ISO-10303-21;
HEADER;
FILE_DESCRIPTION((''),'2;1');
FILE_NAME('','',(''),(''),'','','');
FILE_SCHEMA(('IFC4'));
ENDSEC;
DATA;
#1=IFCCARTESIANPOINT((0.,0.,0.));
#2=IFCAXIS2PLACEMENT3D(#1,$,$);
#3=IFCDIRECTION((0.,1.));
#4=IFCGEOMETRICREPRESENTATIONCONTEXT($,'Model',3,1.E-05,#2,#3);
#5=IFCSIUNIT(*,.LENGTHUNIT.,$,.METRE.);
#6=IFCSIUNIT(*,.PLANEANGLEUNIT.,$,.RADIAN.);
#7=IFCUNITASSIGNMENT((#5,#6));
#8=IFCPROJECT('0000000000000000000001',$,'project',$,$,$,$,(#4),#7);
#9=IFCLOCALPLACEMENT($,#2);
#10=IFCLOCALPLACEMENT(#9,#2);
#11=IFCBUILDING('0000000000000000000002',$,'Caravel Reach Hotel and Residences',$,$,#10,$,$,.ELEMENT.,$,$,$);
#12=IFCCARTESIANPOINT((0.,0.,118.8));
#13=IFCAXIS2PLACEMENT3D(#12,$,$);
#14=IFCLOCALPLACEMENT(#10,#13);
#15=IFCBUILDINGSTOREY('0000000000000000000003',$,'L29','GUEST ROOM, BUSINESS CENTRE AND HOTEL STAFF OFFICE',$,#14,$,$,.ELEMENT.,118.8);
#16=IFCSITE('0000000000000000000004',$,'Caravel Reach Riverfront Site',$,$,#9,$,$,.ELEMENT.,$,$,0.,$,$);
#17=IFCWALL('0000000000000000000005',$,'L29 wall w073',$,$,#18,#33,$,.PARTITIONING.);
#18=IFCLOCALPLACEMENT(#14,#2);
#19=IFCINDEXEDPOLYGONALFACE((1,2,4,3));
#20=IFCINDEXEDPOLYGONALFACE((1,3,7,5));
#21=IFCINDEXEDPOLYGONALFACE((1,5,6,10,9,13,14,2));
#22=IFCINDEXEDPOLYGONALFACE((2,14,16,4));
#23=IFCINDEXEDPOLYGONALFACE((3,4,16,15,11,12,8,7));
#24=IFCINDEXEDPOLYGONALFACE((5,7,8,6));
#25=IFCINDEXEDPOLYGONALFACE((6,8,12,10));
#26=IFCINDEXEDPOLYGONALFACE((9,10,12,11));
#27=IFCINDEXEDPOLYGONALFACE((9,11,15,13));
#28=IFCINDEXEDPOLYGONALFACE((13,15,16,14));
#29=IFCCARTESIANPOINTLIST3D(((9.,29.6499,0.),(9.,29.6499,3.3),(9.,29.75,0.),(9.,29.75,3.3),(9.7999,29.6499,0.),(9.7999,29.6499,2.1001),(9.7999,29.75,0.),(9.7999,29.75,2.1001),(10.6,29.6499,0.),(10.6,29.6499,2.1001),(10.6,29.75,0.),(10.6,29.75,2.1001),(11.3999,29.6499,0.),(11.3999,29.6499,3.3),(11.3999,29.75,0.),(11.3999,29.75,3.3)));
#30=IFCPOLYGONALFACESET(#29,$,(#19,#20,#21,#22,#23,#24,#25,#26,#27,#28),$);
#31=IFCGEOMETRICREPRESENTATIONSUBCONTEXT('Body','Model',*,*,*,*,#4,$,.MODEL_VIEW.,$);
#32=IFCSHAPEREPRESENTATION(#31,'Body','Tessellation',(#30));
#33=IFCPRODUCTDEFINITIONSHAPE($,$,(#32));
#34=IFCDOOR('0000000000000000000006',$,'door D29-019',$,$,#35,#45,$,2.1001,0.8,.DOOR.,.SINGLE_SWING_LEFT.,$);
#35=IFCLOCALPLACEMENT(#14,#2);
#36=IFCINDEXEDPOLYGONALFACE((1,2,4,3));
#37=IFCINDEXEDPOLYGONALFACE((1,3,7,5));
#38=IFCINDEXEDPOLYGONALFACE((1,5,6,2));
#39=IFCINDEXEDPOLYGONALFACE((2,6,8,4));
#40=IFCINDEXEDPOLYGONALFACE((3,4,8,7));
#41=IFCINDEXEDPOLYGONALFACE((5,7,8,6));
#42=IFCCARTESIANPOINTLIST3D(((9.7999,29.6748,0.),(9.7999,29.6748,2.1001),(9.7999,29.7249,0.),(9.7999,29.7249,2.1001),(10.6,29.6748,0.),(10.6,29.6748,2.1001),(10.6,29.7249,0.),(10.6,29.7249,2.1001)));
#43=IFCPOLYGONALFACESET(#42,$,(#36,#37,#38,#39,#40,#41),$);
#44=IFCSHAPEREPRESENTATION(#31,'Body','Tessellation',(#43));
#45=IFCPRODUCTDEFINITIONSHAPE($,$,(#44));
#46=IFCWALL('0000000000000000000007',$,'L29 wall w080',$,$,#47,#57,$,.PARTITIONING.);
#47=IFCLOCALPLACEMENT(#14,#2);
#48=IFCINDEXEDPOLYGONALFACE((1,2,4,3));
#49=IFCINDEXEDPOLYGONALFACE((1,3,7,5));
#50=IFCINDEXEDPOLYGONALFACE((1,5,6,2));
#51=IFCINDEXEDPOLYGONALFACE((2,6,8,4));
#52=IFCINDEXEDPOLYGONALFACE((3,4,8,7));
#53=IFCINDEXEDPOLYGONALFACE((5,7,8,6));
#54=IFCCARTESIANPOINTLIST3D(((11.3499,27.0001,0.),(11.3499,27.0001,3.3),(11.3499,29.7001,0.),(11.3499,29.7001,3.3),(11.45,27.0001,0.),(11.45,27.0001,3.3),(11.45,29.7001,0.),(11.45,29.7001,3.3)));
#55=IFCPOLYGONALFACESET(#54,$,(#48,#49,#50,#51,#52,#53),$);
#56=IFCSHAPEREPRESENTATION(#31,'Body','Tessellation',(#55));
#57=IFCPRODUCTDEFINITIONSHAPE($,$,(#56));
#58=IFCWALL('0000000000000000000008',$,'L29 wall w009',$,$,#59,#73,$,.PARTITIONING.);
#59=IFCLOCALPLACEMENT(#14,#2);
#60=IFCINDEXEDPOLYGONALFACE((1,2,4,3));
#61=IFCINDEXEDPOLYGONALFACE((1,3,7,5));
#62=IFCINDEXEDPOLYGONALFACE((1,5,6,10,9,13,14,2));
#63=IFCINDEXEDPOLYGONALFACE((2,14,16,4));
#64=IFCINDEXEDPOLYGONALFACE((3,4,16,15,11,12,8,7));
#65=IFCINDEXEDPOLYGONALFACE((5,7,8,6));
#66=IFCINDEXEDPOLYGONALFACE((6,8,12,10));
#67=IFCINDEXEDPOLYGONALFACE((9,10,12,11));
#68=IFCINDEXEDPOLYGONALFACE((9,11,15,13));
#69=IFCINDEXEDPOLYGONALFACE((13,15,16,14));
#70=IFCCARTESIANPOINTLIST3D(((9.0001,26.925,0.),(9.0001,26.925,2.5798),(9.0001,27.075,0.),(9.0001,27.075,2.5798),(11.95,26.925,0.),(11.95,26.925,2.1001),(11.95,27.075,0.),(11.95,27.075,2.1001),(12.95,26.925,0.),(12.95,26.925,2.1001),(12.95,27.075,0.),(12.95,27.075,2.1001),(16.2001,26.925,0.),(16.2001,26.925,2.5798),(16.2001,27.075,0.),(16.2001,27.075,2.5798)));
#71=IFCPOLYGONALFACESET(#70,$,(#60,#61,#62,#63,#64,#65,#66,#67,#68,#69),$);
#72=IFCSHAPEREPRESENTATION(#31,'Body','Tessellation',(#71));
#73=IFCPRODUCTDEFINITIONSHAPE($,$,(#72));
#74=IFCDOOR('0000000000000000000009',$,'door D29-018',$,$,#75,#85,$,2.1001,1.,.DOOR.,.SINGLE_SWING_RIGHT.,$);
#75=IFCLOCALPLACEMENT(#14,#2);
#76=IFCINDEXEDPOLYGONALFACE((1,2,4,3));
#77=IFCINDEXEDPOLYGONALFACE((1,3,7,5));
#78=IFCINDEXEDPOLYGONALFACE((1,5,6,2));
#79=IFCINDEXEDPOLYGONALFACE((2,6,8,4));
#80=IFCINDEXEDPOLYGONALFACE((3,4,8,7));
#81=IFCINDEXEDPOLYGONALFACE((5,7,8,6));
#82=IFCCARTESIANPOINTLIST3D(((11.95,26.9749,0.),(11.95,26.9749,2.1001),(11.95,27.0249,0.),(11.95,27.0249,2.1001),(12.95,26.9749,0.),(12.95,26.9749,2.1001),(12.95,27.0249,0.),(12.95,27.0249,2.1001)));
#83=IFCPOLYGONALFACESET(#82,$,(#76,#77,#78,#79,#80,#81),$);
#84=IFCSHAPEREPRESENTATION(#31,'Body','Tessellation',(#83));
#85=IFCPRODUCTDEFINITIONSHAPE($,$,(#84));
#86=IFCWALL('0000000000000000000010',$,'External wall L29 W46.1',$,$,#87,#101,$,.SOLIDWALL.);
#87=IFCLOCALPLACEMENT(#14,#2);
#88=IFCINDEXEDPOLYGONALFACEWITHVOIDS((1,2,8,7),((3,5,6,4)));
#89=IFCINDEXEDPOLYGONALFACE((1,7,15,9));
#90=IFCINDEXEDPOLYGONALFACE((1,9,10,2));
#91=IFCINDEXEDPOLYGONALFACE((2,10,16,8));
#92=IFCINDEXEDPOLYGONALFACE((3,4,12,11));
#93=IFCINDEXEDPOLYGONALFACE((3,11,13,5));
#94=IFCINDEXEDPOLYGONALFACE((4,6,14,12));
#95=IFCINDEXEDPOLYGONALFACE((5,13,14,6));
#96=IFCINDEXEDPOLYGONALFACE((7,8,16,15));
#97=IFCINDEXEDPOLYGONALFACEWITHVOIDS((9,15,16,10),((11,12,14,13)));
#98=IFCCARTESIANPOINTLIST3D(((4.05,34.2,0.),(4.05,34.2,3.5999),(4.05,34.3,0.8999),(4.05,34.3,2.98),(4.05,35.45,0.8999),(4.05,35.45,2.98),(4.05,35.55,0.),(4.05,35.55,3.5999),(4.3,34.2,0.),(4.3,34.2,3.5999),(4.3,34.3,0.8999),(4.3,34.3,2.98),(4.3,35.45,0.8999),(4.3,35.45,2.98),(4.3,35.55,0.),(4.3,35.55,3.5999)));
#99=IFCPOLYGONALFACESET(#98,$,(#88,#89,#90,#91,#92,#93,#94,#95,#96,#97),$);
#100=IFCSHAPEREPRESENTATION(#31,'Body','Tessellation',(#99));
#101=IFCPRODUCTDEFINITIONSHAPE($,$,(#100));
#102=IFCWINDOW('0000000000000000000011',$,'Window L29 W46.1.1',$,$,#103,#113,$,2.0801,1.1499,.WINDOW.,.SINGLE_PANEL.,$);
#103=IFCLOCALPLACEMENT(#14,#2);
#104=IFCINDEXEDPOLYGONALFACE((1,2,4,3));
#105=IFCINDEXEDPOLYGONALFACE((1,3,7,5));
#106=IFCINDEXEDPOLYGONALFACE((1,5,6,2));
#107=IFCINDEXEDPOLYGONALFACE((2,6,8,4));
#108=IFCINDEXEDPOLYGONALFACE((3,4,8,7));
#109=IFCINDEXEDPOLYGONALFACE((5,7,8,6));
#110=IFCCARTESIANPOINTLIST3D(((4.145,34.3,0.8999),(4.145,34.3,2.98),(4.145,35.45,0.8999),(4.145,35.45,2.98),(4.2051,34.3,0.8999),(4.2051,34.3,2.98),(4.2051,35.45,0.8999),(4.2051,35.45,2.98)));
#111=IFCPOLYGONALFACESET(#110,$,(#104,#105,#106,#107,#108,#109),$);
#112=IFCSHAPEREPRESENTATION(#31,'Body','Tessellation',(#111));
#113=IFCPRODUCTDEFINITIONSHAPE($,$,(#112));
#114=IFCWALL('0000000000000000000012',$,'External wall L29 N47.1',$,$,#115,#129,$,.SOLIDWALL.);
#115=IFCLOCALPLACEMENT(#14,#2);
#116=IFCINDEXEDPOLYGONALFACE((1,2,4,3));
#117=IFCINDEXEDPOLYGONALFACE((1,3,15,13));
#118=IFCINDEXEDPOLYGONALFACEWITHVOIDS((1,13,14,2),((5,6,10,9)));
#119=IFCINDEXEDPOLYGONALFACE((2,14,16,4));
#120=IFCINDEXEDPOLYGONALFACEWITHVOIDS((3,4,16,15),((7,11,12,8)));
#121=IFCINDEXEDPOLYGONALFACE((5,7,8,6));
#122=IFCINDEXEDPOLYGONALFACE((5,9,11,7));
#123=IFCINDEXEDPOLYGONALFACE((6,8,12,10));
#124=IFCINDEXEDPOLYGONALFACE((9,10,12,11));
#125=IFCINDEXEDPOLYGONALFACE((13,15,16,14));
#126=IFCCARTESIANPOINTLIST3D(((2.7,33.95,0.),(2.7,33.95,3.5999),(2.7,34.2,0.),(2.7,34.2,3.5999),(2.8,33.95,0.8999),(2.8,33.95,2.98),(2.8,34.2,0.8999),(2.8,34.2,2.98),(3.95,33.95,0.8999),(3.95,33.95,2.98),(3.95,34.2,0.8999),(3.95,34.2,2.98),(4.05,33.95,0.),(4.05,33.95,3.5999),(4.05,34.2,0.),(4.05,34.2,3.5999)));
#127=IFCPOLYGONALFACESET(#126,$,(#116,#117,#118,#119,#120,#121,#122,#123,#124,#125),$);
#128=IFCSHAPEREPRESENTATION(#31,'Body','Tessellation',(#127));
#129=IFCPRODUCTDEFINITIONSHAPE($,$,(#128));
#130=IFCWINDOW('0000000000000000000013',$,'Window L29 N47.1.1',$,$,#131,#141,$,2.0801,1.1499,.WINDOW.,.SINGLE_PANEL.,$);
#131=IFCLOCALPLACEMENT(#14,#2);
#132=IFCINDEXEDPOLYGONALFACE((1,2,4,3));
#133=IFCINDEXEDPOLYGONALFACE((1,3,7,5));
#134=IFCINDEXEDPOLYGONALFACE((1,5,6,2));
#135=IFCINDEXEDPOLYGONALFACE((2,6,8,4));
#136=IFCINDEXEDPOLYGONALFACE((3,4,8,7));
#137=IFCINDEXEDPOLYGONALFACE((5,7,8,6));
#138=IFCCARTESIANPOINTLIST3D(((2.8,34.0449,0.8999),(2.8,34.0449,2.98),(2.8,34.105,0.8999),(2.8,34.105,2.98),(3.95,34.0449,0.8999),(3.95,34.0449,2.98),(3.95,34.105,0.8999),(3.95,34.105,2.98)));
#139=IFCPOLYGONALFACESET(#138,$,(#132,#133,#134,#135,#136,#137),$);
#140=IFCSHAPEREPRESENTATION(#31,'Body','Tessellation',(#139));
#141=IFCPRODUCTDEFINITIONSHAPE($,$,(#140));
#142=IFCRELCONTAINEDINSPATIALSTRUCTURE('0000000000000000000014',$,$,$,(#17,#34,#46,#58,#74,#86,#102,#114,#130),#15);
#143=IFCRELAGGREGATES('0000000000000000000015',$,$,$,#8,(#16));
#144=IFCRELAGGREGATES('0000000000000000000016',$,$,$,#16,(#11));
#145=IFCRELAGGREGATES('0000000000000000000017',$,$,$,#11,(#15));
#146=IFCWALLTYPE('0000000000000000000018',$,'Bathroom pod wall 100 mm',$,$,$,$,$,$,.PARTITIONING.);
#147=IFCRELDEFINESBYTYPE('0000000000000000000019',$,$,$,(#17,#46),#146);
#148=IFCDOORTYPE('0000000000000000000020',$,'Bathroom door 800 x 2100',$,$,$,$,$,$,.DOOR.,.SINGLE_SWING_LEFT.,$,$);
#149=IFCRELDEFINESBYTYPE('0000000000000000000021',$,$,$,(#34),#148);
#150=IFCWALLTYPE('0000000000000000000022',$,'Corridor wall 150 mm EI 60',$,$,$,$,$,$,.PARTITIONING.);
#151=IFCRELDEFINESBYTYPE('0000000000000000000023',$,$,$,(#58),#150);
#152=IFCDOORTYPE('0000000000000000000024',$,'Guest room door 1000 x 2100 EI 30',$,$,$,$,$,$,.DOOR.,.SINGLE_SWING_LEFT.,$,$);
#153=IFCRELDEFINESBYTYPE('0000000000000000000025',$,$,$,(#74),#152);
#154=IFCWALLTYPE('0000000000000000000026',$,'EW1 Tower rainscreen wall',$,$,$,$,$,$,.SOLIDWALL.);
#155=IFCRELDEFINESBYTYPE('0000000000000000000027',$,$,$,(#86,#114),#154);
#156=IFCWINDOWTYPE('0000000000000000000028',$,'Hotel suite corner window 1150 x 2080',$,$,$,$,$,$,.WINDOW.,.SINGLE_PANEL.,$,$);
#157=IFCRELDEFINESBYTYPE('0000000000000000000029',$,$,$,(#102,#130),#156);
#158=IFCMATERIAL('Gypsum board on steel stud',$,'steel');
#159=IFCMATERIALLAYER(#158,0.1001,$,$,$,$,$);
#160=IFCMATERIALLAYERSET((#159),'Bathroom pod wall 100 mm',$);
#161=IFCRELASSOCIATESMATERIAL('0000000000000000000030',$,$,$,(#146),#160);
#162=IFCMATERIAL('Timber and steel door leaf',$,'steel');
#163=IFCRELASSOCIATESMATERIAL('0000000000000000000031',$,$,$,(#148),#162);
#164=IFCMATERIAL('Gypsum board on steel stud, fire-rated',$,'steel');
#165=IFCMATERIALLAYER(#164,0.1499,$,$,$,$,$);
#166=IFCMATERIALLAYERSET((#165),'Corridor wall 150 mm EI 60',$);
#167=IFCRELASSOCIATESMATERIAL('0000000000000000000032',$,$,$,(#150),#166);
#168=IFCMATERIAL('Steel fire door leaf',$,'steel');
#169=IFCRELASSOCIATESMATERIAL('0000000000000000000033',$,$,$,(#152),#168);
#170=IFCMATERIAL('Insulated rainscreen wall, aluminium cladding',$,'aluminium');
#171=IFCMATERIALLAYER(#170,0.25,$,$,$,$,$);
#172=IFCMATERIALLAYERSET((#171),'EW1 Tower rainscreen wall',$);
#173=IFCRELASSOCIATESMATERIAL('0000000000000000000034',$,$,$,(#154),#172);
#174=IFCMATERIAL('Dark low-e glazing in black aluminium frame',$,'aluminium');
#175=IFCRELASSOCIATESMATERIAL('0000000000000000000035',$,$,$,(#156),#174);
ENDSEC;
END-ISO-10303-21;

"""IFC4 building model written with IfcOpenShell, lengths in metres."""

from ifc_helpers import new_model, si_unit, direction, frame, frame_2d, origin, place, context, subcontext, project, spatial, rectangle, extrude, material, layer, layer_set, type_object, element, fill, save


model = new_model("IFC4")

# Units and contexts
model_context = context("Model", 3, precision=1e-05, world=origin(), true_north=direction((0.0, 1.0)))
body_context = subcontext(model_context, "Body", "Model", "MODEL_VIEW")
ifc_project = project(units=[si_unit("LENGTHUNIT", "METRE"), si_unit("PLANEANGLEUNIT", "RADIAN")], contexts=[model_context])

# Site, building, storey
site_placement = place(None, origin())
site = spatial("IfcSite", under=ifc_project, at=site_placement, Name="Caravel Reach Riverfront Site", CompositionType="ELEMENT", RefElevation=0.0)
building_placement = place(site_placement, origin())
building = spatial("IfcBuilding", under=site, at=building_placement, Name="Caravel Reach Hotel and Residences", CompositionType="ELEMENT")
storey_placement = place(building_placement, frame((0.0, 0.0, 118.8)))
storey = spatial("IfcBuildingStorey", under=building, at=storey_placement, Name="L29", Description="GUEST ROOM, BUSINESS CENTRE AND HOTEL STAFF OFFICE", CompositionType="ELEMENT", Elevation=118.8)

# Wall, opening, door
ifc_material_1 = material(Name="Gypsum board on steel stud", Category="steel")
ifc_layer_1 = layer(ifc_material_1, 0.1001)
ifc_layer_set_1 = layer_set([ifc_layer_1], Name="Bathroom pod wall 100 mm")
wall_type_1 = type_object("IfcWallType", Name="Bathroom pod wall 100 mm", PredefinedType="PARTITIONING", material=ifc_layer_set_1)
wall_1_placement = place(storey_placement, frame((9.0, 29.7, 0.0), z_axis=(0.0, 0.0, 1.0), x_axis=(1.0, 0.0, 0.0)))
wall_1 = element("IfcWall", 1, at=wall_1_placement, inside=storey, type_object=wall_type_1, Name="L29 wall w073", PredefinedType="PARTITIONING", context=body_context, shape_type="SweptSolid", body=[
    extrude(rectangle(XDim=2.3999, YDim=0.1001, at=frame_2d((1.2, 0.0))), origin(), (0.0, 0.0, 1.0), 3.3),
])
opening_1_placement = place(wall_1_placement, frame((0.8, 0.0, 0.0)))
opening_1 = element("IfcOpeningElement", 2, at=opening_1_placement, cuts=wall_1, PredefinedType="OPENING", context=body_context, shape_type="SweptSolid", body=[
    extrude(rectangle(XDim=0.8, YDim=2.1001, at=frame_2d((0.3999, 1.05))), frame((0.0, 0.0601, 0.0), z_axis=(0.0, -1.0, 0.0), x_axis=(1.0, 0.0, 0.0)), (0.0, 0.0, 1.0), 0.1201),
])
ifc_material_2 = material(Name="Timber and steel door leaf", Category="steel")
door_type_1 = type_object("IfcDoorType", Name="Bathroom door 800 x 2100", OperationType="SINGLE_SWING_LEFT", PredefinedType="DOOR", material=ifc_material_2)
door_1_placement = place(opening_1_placement, origin())
door_1 = element("IfcDoor", 3, at=door_1_placement, inside=storey, type_object=door_type_1, Name="door D29-019", OperationType="SINGLE_SWING_LEFT", OverallHeight=2.1001, OverallWidth=0.8, PredefinedType="DOOR", context=body_context, shape_type="SweptSolid", body=[
    extrude(rectangle(XDim=0.8, YDim=2.1001, at=frame_2d((0.3999, 1.05))), frame((0.0, 0.0249, 0.0), z_axis=(0.0, -1.0, 0.0), x_axis=(1.0, 0.0, 0.0)), (0.0, 0.0, 1.0), 0.05),
])
fill(opening_1, door_1)

# Wall
wall_2_placement = place(storey_placement, frame((11.3999, 27.0, 0.0), z_axis=(0.0, 0.0, 1.0), x_axis=(0.0, 1.0, 0.0)))
element("IfcWall", 4, at=wall_2_placement, inside=storey, type_object=wall_type_1, Name="L29 wall w080", PredefinedType="PARTITIONING", context=body_context, shape_type="SweptSolid", body=[
    extrude(rectangle(XDim=2.7, YDim=0.1001, at=frame_2d((1.3501, 0.0))), origin(), (0.0, 0.0, 1.0), 3.3),
])

# Wall, opening, door
ifc_material_3 = material(Name="Gypsum board on steel stud, fire-rated", Category="steel")
ifc_layer_2 = layer(ifc_material_3, 0.1499)
ifc_layer_set_2 = layer_set([ifc_layer_2], Name="Corridor wall 150 mm EI 60")
wall_type_2 = type_object("IfcWallType", Name="Corridor wall 150 mm EI 60", PredefinedType="PARTITIONING", material=ifc_layer_set_2)
wall_3_placement = place(storey_placement, frame((9.0, 27.0, 0.0), z_axis=(0.0, 0.0, 1.0), x_axis=(1.0, 0.0, 0.0)))
wall_3 = element("IfcWall", 5, at=wall_3_placement, inside=storey, type_object=wall_type_2, Name="L29 wall w009", PredefinedType="PARTITIONING", context=body_context, shape_type="SweptSolid", body=[
    extrude(rectangle(XDim=7.2, YDim=0.1499, at=frame_2d((3.6001, 0.0))), origin(), (0.0, 0.0, 1.0), 2.5798),
])
opening_2_placement = place(wall_3_placement, frame((2.95, 0.0, 0.0)))
opening_2 = element("IfcOpeningElement", 6, at=opening_2_placement, cuts=wall_3, PredefinedType="OPENING", context=body_context, shape_type="SweptSolid", body=[
    extrude(rectangle(XDim=1.0, YDim=2.1001, at=frame_2d((0.5, 1.05))), frame((0.0, 0.085, 0.0), z_axis=(0.0, -1.0, 0.0), x_axis=(1.0, 0.0, 0.0)), (0.0, 0.0, 1.0), 0.1699),
])
ifc_material_4 = material(Name="Steel fire door leaf", Category="steel")
door_type_2 = type_object("IfcDoorType", Name="Guest room door 1000 x 2100 EI 30", OperationType="SINGLE_SWING_LEFT", PredefinedType="DOOR", material=ifc_material_4)
door_2_placement = place(opening_2_placement, origin())
door_2 = element("IfcDoor", 7, at=door_2_placement, inside=storey, type_object=door_type_2, Name="door D29-018", OperationType="SINGLE_SWING_RIGHT", OverallHeight=2.1001, OverallWidth=1.0, PredefinedType="DOOR", context=body_context, shape_type="SweptSolid", body=[
    extrude(rectangle(XDim=1.0, YDim=2.1001, at=frame_2d((0.5, 1.05))), frame((0.0, 0.0249, 0.0), z_axis=(0.0, -1.0, 0.0), x_axis=(1.0, 0.0, 0.0)), (0.0, 0.0, 1.0), 0.05),
])
fill(opening_2, door_2)

# Walls, openings, windows
ifc_material_5 = material(Name="Insulated rainscreen wall, aluminium cladding", Category="aluminium")
ifc_layer_3 = layer(ifc_material_5, 0.25)
ifc_layer_set_3 = layer_set([ifc_layer_3], Name="EW1 Tower rainscreen wall")
wall_type_3 = type_object("IfcWallType", Name="EW1 Tower rainscreen wall", PredefinedType="SOLIDWALL", material=ifc_layer_set_3)
wall_4_placement = place(storey_placement, frame((4.175, 35.55, 0.0), z_axis=(0.0, 0.0, 1.0), x_axis=(0.0, -1.0, 0.0)))
wall_4 = element("IfcWall", 8, at=wall_4_placement, inside=storey, type_object=wall_type_3, Name="External wall L29 W46.1", PredefinedType="SOLIDWALL", context=body_context, shape_type="SweptSolid", body=[
    extrude(rectangle(XDim=1.3501, YDim=0.25, at=frame_2d((0.675, 0.0))), origin(), (0.0, 0.0, 1.0), 3.5999),
])
opening_3_placement = place(wall_4_placement, frame((0.1001, 0.0, 0.8999)))
opening_3 = element("IfcOpeningElement", 9, at=opening_3_placement, cuts=wall_4, PredefinedType="OPENING", context=body_context, shape_type="SweptSolid", body=[
    extrude(rectangle(XDim=1.1499, YDim=2.0801, at=frame_2d((0.575, 1.04))), frame((0.0, 0.135, 0.0), z_axis=(0.0, -1.0, 0.0), x_axis=(1.0, 0.0, 0.0)), (0.0, 0.0, 1.0), 0.27),
])
ifc_material_6 = material(Name="Dark low-e glazing in black aluminium frame", Category="aluminium")
window_type_1 = type_object("IfcWindowType", Name="Hotel suite corner window 1150 x 2080", PartitioningType="SINGLE_PANEL", PredefinedType="WINDOW", material=ifc_material_6)
window_1_placement = place(opening_3_placement, origin())
window_1 = element("IfcWindow", 10, at=window_1_placement, inside=storey, type_object=window_type_1, Name="Window L29 W46.1.1", OverallHeight=2.0801, OverallWidth=1.1499, PartitioningType="SINGLE_PANEL", PredefinedType="WINDOW", context=body_context, shape_type="SweptSolid", body=[
    extrude(rectangle(XDim=1.1499, YDim=2.0801, at=frame_2d((0.575, 1.04))), frame((0.0, 0.03, 0.0), z_axis=(0.0, -1.0, 0.0), x_axis=(1.0, 0.0, 0.0)), (0.0, 0.0, 1.0), 0.0601),
])
fill(opening_3, window_1)
wall_5_placement = place(storey_placement, frame((4.05, 34.075, 0.0), z_axis=(0.0, 0.0, 1.0), x_axis=(-1.0, 0.0, 0.0)))
wall_5 = element("IfcWall", 11, at=wall_5_placement, inside=storey, type_object=wall_type_3, Name="External wall L29 N47.1", PredefinedType="SOLIDWALL", context=body_context, shape_type="SweptSolid", body=[
    extrude(rectangle(XDim=1.3501, YDim=0.25, at=frame_2d((0.675, 0.0))), origin(), (0.0, 0.0, 1.0), 3.5999),
])
opening_4_placement = place(wall_5_placement, frame((0.1001, 0.0, 0.8999)))
opening_4 = element("IfcOpeningElement", 12, at=opening_4_placement, cuts=wall_5, PredefinedType="OPENING", context=body_context, shape_type="SweptSolid", body=[
    extrude(rectangle(XDim=1.1499, YDim=2.0801, at=frame_2d((0.575, 1.04))), frame((0.0, 0.135, 0.0), z_axis=(0.0, -1.0, 0.0), x_axis=(1.0, 0.0, 0.0)), (0.0, 0.0, 1.0), 0.27),
])
window_2_placement = place(opening_4_placement, origin())
window_2 = element("IfcWindow", 13, at=window_2_placement, inside=storey, type_object=window_type_1, Name="Window L29 N47.1.1", OverallHeight=2.0801, OverallWidth=1.1499, PartitioningType="SINGLE_PANEL", PredefinedType="WINDOW", context=body_context, shape_type="SweptSolid", body=[
    extrude(rectangle(XDim=1.1499, YDim=2.0801, at=frame_2d((0.575, 1.04))), frame((0.0, 0.03, 0.0), z_axis=(0.0, -1.0, 0.0), x_axis=(1.0, 0.0, 0.0)), (0.0, 0.0, 1.0), 0.0601),
])
fill(opening_4, window_2)

save(model, "model.ifc")
